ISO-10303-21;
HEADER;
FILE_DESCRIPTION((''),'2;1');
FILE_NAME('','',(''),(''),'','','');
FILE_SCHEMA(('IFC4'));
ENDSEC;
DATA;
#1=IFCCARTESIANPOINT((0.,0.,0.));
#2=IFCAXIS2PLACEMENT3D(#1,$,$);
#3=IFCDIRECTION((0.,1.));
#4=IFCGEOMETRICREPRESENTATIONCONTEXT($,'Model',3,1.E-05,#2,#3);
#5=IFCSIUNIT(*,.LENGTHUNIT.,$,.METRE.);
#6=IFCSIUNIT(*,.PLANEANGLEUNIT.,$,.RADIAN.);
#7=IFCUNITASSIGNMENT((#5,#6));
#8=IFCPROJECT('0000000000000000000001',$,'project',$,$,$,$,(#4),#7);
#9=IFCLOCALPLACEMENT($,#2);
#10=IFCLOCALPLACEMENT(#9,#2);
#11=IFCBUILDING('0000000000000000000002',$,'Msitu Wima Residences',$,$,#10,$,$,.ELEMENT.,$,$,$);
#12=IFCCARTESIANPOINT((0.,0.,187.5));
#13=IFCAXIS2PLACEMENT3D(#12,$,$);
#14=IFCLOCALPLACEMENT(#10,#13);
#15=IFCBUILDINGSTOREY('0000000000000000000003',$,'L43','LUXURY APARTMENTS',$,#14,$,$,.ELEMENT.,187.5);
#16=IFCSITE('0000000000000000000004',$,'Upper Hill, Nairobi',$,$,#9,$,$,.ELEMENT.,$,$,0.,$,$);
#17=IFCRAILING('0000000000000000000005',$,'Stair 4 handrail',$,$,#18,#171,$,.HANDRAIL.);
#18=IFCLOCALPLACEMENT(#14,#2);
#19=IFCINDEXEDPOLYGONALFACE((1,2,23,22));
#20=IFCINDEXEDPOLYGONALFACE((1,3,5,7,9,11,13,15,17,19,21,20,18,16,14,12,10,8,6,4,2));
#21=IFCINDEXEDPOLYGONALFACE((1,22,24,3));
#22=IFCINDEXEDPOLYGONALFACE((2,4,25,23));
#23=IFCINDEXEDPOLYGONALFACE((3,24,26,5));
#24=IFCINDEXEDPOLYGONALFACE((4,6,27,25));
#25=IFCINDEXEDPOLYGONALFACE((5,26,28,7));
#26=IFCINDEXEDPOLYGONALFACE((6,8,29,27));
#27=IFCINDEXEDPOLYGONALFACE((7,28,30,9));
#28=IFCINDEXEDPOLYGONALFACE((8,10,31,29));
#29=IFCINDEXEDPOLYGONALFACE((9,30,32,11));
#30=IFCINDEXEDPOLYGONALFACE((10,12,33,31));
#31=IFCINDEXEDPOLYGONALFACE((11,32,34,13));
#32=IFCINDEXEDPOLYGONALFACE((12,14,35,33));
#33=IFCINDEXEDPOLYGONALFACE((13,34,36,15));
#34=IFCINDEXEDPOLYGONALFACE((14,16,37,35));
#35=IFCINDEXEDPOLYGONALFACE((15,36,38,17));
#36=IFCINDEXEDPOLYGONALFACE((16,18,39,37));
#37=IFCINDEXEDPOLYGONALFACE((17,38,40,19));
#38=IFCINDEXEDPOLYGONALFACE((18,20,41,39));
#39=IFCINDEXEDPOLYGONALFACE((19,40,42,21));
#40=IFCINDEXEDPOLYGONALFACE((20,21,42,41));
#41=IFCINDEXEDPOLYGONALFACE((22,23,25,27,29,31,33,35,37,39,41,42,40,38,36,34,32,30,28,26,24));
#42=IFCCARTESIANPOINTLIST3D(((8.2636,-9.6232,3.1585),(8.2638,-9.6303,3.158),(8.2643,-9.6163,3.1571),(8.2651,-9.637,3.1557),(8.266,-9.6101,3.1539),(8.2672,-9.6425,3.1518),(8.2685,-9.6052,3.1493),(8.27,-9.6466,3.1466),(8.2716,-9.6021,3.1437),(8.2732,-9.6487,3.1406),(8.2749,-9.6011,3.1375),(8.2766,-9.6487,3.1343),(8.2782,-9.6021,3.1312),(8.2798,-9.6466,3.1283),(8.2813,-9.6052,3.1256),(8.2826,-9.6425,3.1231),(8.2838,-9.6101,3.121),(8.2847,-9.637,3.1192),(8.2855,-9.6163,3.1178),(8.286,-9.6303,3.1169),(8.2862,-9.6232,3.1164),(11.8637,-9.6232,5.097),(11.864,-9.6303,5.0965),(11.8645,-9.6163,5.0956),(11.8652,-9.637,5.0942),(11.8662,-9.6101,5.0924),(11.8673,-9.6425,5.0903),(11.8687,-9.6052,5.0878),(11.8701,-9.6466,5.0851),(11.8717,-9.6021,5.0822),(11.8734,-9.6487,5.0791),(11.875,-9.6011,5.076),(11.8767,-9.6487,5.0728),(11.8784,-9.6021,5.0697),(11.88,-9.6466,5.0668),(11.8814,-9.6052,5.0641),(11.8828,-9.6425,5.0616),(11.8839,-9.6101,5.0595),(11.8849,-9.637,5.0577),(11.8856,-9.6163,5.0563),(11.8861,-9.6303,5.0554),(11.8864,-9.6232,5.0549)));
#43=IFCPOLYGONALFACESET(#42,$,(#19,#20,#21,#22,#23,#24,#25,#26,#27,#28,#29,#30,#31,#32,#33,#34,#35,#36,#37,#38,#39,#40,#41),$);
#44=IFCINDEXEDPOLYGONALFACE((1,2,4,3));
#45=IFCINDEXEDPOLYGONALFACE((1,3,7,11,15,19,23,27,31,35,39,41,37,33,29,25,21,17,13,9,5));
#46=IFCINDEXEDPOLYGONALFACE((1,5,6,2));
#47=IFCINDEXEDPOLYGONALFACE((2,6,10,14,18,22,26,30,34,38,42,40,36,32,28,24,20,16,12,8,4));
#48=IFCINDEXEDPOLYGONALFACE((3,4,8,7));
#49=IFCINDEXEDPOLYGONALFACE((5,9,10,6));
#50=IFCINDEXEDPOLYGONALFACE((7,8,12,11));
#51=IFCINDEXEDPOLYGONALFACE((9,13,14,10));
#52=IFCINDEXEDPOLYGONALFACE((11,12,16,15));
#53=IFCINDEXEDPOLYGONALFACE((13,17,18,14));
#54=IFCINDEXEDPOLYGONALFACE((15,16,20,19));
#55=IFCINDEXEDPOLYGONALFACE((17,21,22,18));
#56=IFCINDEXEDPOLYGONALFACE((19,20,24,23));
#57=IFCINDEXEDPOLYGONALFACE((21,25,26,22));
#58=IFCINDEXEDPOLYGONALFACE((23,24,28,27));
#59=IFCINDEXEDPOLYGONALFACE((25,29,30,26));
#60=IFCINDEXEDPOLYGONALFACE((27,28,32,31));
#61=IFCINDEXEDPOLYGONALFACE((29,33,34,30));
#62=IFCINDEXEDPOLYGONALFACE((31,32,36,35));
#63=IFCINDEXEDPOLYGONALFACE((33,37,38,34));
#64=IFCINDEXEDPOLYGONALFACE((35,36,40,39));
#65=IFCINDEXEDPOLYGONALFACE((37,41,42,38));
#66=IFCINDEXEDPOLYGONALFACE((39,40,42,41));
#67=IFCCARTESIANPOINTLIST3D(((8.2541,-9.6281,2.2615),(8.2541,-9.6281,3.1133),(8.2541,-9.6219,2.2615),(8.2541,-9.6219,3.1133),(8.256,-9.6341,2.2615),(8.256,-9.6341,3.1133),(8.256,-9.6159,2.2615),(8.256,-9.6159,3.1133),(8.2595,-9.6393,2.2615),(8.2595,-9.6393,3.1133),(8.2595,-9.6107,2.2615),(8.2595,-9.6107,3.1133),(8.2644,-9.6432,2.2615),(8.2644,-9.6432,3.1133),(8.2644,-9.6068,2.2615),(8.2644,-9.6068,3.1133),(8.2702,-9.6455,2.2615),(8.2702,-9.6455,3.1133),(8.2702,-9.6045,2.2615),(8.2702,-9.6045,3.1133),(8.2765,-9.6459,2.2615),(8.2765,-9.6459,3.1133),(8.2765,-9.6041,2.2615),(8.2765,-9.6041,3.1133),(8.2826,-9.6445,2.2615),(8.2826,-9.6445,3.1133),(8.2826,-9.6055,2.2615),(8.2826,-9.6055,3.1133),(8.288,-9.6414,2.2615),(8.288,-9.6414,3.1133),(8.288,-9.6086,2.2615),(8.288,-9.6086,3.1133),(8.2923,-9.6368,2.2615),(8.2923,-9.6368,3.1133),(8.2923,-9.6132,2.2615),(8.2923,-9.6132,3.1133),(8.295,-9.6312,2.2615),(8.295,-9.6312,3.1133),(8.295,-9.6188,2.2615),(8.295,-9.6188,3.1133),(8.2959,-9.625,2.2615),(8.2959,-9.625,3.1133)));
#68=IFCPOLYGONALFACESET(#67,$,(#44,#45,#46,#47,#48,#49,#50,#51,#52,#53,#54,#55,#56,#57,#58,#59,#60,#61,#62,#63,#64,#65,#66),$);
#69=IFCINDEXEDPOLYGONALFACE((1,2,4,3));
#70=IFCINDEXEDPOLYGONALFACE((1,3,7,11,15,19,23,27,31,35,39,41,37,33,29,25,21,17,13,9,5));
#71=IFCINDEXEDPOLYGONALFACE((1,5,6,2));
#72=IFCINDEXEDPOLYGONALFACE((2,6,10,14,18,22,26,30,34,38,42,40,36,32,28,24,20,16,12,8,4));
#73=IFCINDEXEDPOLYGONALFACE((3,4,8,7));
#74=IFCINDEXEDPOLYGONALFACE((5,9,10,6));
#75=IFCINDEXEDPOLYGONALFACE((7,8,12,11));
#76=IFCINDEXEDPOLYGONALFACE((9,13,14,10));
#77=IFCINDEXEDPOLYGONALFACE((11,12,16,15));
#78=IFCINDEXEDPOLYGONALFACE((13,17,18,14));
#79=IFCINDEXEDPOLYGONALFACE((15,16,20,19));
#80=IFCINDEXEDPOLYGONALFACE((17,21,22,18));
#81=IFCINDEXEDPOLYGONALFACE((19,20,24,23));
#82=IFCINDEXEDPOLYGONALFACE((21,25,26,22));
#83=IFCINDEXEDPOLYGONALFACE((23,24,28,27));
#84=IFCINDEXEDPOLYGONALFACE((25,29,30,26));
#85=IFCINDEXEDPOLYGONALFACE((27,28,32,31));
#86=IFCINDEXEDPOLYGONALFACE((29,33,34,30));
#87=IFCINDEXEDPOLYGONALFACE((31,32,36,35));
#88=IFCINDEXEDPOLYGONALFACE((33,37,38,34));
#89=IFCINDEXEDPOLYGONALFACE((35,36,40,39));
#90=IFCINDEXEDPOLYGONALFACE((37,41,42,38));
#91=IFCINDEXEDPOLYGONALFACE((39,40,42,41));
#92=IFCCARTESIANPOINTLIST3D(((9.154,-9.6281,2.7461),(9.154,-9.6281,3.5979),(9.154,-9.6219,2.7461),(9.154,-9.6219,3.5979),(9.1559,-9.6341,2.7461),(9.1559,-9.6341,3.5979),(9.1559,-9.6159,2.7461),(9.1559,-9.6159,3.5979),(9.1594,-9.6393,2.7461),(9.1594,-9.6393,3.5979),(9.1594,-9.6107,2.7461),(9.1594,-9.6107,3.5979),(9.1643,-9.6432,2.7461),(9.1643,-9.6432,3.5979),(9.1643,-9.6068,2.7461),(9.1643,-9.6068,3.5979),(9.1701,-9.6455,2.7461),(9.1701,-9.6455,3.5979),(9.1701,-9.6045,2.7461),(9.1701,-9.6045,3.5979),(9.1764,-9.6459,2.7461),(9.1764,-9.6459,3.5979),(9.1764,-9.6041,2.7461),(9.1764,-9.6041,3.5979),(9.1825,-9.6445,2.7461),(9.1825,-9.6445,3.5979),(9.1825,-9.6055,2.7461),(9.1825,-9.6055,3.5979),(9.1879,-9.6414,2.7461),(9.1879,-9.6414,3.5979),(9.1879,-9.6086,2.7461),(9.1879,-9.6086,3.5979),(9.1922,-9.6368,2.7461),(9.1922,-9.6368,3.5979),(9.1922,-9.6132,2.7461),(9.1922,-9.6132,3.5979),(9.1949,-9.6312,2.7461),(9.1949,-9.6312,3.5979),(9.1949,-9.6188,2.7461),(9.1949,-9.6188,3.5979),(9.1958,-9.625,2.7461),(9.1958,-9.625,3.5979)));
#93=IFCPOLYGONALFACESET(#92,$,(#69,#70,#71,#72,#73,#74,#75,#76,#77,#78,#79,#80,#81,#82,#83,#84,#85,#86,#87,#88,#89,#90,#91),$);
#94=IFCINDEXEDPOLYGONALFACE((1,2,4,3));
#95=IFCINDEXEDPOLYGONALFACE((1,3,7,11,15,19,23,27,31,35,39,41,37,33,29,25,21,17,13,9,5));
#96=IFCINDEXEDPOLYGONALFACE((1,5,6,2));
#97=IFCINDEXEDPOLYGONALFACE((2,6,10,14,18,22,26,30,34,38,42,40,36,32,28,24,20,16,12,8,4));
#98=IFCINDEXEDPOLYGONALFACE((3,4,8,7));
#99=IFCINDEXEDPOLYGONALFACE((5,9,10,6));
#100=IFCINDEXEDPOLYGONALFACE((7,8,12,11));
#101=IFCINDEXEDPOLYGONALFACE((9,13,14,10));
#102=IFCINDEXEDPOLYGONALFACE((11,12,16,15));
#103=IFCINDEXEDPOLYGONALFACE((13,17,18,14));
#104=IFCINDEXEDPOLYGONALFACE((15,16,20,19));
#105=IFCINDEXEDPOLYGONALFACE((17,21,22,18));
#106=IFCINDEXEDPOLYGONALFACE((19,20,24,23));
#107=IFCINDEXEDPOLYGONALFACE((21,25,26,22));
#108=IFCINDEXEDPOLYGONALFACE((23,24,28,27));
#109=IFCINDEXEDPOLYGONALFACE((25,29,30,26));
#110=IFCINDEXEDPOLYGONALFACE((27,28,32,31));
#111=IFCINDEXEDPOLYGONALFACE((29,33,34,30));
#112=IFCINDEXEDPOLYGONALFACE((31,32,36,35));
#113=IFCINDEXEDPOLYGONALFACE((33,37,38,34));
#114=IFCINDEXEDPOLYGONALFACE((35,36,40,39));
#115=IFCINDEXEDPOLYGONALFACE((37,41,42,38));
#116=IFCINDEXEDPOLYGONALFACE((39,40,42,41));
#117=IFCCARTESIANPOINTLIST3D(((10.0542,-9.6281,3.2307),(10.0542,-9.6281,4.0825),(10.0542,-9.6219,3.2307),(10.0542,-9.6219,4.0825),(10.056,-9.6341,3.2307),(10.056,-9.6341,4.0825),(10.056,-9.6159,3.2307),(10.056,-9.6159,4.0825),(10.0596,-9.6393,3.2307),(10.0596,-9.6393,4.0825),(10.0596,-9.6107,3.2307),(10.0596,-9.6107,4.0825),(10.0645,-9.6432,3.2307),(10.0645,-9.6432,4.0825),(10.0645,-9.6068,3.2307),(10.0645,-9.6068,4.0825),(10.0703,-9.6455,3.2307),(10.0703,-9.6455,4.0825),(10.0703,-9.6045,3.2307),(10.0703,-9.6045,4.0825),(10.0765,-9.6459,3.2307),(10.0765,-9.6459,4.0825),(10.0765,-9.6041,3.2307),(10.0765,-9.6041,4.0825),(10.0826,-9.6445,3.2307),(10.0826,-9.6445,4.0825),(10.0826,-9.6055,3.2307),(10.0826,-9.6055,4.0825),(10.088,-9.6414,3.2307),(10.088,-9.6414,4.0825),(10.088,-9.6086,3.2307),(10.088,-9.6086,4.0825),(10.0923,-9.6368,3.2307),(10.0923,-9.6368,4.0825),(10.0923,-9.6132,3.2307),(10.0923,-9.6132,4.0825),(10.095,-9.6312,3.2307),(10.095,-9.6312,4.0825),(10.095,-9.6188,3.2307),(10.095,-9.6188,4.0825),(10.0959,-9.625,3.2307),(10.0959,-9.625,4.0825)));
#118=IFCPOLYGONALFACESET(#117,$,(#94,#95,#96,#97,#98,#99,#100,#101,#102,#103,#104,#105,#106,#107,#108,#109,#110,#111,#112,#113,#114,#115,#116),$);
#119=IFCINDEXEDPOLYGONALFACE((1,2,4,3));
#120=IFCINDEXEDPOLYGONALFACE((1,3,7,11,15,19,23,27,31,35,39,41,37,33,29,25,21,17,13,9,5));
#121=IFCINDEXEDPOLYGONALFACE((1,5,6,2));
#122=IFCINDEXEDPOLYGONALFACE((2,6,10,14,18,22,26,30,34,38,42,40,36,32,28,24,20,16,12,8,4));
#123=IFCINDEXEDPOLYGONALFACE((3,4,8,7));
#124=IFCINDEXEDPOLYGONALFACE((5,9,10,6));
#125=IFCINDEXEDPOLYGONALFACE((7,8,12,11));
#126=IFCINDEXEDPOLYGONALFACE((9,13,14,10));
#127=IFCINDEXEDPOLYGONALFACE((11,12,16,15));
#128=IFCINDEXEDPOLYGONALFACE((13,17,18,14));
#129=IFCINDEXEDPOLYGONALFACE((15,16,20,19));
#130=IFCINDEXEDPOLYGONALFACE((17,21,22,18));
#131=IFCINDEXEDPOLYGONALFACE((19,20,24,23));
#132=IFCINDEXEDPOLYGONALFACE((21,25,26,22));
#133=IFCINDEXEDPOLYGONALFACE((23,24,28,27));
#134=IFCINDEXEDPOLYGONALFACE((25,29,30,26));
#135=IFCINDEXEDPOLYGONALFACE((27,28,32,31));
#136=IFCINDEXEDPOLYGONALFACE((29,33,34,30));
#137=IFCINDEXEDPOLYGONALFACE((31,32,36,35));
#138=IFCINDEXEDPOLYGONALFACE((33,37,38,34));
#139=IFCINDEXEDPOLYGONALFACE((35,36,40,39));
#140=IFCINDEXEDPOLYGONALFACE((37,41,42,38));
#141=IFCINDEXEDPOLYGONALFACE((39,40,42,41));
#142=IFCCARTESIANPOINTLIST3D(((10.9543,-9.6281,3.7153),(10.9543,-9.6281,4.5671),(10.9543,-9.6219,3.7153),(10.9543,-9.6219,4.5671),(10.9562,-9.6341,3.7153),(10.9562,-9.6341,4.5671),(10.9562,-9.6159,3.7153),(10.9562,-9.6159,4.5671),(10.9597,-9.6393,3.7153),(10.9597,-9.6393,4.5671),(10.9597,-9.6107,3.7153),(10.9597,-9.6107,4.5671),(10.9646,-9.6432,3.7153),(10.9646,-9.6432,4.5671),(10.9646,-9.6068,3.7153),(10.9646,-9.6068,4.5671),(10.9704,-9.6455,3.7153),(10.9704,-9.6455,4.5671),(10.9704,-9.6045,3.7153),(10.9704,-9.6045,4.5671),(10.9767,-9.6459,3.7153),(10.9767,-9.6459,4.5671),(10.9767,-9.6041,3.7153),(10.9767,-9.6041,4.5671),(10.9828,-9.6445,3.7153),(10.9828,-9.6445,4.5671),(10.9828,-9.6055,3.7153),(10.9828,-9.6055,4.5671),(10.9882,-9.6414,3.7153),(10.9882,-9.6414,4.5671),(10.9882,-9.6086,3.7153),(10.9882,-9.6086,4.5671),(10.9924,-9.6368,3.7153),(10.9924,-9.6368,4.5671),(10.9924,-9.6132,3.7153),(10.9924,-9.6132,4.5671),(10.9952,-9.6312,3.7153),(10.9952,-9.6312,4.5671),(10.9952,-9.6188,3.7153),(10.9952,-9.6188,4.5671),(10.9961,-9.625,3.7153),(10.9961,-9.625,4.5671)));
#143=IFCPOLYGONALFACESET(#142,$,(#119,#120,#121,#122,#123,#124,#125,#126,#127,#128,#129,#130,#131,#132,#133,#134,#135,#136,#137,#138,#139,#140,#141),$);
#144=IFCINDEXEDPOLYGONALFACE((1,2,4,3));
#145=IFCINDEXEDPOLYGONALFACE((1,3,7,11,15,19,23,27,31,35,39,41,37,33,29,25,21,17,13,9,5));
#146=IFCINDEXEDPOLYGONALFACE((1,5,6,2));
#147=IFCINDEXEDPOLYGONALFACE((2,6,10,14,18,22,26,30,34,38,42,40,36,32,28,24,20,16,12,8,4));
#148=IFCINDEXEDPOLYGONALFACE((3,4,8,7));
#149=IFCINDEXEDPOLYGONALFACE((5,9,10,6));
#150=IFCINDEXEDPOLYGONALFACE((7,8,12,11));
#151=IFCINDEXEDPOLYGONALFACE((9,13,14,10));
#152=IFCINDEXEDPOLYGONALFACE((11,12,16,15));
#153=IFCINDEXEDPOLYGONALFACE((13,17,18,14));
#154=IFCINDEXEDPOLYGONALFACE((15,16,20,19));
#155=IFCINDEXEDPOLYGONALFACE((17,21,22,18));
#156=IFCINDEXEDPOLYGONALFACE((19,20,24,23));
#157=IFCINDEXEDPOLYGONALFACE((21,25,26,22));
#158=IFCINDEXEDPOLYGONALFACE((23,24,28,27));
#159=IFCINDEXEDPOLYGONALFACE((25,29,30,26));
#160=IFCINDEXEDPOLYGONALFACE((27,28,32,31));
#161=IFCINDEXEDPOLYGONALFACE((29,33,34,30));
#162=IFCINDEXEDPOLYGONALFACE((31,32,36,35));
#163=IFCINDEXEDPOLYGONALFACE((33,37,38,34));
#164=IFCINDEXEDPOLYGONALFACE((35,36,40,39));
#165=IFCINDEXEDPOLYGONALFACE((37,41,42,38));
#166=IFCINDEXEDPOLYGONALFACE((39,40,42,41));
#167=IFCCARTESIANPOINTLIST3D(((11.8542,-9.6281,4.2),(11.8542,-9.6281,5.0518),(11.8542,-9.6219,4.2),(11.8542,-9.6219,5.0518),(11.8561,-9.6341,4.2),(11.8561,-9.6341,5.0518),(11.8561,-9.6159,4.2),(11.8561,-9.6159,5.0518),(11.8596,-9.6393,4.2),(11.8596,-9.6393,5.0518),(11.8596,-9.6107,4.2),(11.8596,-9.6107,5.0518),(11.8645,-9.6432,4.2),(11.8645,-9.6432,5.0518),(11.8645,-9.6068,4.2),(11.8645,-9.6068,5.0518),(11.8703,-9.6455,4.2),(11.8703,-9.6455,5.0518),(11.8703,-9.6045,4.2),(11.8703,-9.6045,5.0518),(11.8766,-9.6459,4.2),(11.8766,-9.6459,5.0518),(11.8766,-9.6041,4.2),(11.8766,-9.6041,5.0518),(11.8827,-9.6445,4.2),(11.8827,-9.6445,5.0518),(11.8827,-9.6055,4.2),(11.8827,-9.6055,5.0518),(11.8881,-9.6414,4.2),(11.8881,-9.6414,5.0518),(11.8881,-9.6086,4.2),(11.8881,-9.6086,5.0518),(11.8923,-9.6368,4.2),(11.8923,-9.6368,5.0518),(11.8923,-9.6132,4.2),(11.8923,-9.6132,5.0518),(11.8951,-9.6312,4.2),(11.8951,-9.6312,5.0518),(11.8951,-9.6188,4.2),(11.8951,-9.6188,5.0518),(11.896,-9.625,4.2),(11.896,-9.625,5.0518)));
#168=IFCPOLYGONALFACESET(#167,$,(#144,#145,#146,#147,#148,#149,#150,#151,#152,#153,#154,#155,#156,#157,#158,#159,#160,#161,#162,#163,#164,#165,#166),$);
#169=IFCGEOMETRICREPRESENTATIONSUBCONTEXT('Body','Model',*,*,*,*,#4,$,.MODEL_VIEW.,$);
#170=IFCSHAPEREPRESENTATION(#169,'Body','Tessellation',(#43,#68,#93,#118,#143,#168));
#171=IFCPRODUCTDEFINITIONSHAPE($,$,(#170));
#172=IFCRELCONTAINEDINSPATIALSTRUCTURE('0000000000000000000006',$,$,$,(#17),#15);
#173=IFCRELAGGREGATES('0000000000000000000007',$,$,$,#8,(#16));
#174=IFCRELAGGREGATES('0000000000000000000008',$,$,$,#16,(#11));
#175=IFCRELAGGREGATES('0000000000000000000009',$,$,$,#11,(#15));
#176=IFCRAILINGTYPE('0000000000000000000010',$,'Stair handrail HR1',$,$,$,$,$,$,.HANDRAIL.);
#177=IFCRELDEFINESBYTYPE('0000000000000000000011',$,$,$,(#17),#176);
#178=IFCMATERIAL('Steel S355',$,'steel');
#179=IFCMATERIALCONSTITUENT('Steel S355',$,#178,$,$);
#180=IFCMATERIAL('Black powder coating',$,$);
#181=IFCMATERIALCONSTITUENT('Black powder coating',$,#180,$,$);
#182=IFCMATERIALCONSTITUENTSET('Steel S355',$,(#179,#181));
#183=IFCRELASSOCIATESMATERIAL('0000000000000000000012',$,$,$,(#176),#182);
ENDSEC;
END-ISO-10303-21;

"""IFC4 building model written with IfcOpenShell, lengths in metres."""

from ifc_helpers import new_model, si_unit, direction, frame, origin, origin_2d, place, context, subcontext, project, spatial, circle, extrude, material, constituent, constituent_set, type_object, element, save


model = new_model("IFC4")

# Units and contexts
model_context = context("Model", 3, precision=1e-05, world=origin(), true_north=direction((0.0, 1.0)))
body_context = subcontext(model_context, "Body", "Model", "MODEL_VIEW")
ifc_project = project(units=[si_unit("LENGTHUNIT", "METRE"), si_unit("PLANEANGLEUNIT", "RADIAN")], contexts=[model_context])

# Site, building, storey
site_placement = place(None, origin())
site = spatial("IfcSite", under=ifc_project, at=site_placement, Name="Upper Hill, Nairobi", CompositionType="ELEMENT", RefElevation=0.0)
building_placement = place(site_placement, origin())
building = spatial("IfcBuilding", under=site, at=building_placement, Name="Msitu Wima Residences", CompositionType="ELEMENT")
storey_placement = place(building_placement, frame((0.0, 0.0, 187.5)))
storey = spatial("IfcBuildingStorey", under=building, at=storey_placement, Name="L43", Description="LUXURY APARTMENTS", CompositionType="ELEMENT", Elevation=187.5)

# Railing
ifc_material_1 = material(Name="Steel S355", Category="steel")
ifc_constituent_1 = constituent(ifc_material_1, Name="Steel S355")
ifc_material_2 = material(Name="Black powder coating")
ifc_constituent_2 = constituent(ifc_material_2, Name="Black powder coating")
ifc_constituent_set = constituent_set(constituents=[ifc_constituent_1, ifc_constituent_2], Name="Steel S355")
railing_type = type_object("IfcRailingType", Name="Stair handrail HR1", PredefinedType="HANDRAIL", material=ifc_constituent_set)
for number, where, name in (
    (1, (8.2749, -9.625, 2.2615), "Stair 4 handrail"),
):
    element("IfcRailing", number, at=place(storey_placement, frame(where)), inside=storey, type_object=railing_type, Name=name, PredefinedType="HANDRAIL", context=body_context, shape_type="SweptSolid", body=[
        extrude(circle(Radius=0.0239, at=origin_2d()), frame((0.0, 0.0, 0.876), z_axis=(0.880475, 0.0, 0.474093), x_axis=(0.0, 1.0, 0.0)), (0.0, 0.0, 1.0), 4.0889),
        extrude(circle(Radius=0.021, at=origin_2d()), origin(), (0.0, 0.0, 1.0), 0.8518),
        extrude(circle(Radius=0.021, at=origin_2d()), frame((0.8999, 0.0, 0.4846)), (0.0, 0.0, 1.0), 0.8518),
        extrude(circle(Radius=0.021, at=origin_2d()), frame((1.8, 0.0, 0.9692)), (0.0, 0.0, 1.0), 0.8518),
        extrude(circle(Radius=0.021, at=origin_2d()), frame((2.7002, 0.0, 1.4539)), (0.0, 0.0, 1.0), 0.8518),
        extrude(circle(Radius=0.021, at=origin_2d()), frame((3.6001, 0.0, 1.9385)), (0.0, 0.0, 1.0), 0.8518),
    ])

save(model, "model.ifc")
